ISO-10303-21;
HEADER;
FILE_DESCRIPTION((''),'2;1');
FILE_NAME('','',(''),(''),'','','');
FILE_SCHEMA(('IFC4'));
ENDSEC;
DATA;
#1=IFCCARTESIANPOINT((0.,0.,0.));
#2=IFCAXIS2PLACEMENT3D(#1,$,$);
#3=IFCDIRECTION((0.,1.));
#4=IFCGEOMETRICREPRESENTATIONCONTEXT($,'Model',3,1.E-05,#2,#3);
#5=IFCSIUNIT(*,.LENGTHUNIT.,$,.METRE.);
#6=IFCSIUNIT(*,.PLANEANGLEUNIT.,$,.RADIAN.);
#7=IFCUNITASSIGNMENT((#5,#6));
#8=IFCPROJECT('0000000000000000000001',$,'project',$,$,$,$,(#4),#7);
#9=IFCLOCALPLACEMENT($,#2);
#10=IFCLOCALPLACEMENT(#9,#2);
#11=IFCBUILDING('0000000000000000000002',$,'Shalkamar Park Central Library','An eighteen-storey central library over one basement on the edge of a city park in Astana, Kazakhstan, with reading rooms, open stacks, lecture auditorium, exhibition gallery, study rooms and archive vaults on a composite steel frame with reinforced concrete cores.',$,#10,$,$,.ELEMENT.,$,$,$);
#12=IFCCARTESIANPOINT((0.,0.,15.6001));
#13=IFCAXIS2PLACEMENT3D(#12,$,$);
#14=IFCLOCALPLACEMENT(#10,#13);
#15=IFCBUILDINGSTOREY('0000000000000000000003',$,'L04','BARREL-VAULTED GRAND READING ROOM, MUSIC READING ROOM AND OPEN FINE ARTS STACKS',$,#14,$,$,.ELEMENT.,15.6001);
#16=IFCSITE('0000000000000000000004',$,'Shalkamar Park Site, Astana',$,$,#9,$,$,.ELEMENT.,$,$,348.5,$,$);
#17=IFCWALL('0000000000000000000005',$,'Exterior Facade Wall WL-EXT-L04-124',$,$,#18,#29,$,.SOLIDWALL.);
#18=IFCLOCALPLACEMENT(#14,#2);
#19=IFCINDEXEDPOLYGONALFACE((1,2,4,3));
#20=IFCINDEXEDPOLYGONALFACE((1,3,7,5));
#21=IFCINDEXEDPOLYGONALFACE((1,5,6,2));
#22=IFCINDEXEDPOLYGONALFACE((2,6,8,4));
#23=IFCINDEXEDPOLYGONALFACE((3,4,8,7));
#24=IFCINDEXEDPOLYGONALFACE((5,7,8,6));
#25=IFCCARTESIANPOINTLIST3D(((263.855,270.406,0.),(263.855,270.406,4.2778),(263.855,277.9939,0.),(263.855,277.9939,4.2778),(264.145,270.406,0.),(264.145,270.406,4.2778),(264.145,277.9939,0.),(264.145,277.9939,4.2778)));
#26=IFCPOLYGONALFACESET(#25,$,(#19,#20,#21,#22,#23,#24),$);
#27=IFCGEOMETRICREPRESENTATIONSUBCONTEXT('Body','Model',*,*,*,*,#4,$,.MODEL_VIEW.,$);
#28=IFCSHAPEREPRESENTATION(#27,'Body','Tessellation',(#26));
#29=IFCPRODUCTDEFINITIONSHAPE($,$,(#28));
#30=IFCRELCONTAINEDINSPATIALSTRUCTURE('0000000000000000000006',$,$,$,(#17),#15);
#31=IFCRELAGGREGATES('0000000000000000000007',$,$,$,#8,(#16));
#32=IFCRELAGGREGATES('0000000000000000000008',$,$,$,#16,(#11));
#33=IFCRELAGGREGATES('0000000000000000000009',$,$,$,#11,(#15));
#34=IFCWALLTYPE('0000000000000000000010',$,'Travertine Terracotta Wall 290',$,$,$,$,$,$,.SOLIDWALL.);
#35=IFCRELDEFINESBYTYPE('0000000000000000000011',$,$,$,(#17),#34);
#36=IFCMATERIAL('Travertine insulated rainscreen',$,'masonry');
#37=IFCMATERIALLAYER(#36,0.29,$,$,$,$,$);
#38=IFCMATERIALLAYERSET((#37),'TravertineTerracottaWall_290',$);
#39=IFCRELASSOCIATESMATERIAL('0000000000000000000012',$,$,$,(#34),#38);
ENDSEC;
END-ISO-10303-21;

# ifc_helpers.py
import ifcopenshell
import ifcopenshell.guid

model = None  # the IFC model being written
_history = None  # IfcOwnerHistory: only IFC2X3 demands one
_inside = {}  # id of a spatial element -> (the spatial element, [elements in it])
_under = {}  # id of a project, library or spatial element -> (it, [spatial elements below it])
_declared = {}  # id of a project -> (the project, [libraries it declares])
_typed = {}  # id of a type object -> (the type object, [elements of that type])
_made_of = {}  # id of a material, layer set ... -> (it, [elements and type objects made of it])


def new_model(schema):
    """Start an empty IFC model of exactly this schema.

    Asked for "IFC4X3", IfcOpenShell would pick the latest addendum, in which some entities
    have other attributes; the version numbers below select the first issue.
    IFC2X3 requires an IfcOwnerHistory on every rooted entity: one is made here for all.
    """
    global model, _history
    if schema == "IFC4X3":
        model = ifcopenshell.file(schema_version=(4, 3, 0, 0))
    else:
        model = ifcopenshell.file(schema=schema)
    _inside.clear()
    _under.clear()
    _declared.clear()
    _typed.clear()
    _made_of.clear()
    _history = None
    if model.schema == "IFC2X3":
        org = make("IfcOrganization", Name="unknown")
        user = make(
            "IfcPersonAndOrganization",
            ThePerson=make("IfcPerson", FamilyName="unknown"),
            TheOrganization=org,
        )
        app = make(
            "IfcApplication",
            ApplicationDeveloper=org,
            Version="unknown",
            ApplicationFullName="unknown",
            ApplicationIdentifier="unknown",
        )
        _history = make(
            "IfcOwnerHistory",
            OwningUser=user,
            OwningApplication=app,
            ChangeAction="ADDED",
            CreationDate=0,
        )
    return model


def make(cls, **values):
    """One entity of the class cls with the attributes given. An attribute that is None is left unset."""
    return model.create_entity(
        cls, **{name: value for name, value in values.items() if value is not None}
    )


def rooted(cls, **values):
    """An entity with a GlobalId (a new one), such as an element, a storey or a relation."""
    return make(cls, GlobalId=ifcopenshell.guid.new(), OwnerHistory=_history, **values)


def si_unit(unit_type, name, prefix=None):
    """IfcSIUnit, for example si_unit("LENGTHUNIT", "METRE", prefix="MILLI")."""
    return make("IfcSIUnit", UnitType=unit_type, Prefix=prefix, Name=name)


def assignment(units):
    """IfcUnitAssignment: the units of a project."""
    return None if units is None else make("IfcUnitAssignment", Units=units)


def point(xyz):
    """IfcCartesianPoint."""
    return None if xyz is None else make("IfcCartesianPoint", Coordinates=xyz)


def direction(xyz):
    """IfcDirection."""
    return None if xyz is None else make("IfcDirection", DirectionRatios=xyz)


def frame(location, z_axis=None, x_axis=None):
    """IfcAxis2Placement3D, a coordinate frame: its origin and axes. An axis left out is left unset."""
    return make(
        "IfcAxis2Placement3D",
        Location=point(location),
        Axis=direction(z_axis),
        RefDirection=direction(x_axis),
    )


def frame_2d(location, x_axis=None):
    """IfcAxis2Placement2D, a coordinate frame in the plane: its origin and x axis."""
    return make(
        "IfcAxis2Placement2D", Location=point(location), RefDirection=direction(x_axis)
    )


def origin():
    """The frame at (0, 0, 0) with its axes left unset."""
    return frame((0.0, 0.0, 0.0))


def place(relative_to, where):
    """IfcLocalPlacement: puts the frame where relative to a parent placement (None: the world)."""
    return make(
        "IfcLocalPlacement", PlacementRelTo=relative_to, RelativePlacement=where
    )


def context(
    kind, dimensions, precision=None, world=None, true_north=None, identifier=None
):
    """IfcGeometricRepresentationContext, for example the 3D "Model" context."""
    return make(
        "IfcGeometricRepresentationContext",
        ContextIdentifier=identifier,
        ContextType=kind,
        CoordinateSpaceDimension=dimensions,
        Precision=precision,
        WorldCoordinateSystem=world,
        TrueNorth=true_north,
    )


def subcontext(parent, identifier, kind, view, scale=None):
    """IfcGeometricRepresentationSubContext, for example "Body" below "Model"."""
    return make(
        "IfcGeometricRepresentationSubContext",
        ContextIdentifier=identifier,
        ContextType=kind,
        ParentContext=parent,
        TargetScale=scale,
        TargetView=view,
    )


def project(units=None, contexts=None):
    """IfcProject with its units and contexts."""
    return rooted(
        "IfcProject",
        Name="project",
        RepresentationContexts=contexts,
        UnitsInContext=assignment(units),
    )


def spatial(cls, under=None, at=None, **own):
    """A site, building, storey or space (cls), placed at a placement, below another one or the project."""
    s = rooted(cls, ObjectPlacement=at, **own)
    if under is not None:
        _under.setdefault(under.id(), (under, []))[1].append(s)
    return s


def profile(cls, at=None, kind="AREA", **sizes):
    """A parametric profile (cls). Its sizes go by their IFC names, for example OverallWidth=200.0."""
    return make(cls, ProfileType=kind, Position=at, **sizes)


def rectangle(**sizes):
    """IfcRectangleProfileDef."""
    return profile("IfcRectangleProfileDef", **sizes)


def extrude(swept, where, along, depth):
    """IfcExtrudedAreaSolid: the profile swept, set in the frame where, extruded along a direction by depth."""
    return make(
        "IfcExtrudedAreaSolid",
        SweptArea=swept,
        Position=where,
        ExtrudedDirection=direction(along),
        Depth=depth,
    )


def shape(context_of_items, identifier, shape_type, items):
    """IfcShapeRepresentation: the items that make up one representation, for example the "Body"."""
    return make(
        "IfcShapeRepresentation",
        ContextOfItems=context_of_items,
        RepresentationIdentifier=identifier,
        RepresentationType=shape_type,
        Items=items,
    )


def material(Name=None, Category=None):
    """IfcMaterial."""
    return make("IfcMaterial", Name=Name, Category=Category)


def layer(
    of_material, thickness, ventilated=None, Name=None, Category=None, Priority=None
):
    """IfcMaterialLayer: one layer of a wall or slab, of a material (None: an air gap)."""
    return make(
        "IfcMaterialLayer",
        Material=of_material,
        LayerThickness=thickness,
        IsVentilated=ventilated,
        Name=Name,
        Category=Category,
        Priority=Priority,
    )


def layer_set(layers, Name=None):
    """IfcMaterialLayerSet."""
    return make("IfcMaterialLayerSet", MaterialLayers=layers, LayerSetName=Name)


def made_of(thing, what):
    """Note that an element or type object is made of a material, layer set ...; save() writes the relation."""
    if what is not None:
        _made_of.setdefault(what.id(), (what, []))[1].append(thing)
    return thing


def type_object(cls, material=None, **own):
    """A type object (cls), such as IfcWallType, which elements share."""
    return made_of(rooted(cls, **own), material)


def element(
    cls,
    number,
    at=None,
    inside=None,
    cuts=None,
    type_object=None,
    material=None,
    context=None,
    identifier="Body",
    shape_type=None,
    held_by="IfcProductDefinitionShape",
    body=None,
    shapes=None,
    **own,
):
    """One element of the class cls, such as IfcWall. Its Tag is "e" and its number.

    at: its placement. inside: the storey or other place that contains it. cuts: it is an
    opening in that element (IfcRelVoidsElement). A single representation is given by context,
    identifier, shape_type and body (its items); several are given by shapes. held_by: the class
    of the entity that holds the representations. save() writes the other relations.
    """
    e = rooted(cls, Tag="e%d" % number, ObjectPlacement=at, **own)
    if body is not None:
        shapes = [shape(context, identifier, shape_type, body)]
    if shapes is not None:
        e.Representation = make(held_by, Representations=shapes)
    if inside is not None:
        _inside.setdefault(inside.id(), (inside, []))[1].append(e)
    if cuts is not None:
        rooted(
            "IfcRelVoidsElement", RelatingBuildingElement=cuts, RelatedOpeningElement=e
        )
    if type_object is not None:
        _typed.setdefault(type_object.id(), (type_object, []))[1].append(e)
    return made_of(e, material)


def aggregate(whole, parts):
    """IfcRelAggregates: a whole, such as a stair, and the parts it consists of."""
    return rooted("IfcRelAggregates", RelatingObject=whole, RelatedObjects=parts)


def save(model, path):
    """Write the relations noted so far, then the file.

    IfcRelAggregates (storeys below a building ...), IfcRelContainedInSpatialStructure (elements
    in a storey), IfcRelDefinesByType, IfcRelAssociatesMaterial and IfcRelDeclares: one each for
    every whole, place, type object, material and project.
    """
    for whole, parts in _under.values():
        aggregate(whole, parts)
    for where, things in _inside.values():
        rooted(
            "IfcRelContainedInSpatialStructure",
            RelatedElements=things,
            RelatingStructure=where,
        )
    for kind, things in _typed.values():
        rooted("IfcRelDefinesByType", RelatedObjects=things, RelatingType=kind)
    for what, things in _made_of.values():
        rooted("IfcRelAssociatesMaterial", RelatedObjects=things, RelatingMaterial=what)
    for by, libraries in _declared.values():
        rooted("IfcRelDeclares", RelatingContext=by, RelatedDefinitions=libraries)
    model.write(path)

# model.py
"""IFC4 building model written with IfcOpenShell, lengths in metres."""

from ifc_helpers import new_model, si_unit, direction, frame, frame_2d, origin, place, context, subcontext, project, spatial, rectangle, extrude, material, layer, layer_set, type_object, element, save


model = new_model("IFC4")

# Units and contexts
model_context = context("Model", 3, precision=1e-05, world=origin(), true_north=direction((0.0, 1.0)))
body_context = subcontext(model_context, "Body", "Model", "MODEL_VIEW")
ifc_project = project(units=[si_unit("LENGTHUNIT", "METRE"), si_unit("PLANEANGLEUNIT", "RADIAN")], contexts=[model_context])

# Site, building, storey
site_placement = place(None, origin())
site = spatial("IfcSite", under=ifc_project, at=site_placement, Name="Shalkamar Park Site, Astana", CompositionType="ELEMENT", RefElevation=348.5)
building_placement = place(site_placement, origin())
building = spatial("IfcBuilding", under=site, at=building_placement, Name="Shalkamar Park Central Library", Description="An eighteen-storey central library over one basement on the edge of a city park in Astana, Kazakhstan, with reading rooms, open stacks, lecture auditorium, exhibition gallery, study rooms and archive vaults on a composite steel frame with reinforced concrete cores.", CompositionType="ELEMENT")
storey_placement = place(building_placement, frame((0.0, 0.0, 15.6001)))
storey = spatial("IfcBuildingStorey", under=building, at=storey_placement, Name="L04", Description="BARREL-VAULTED GRAND READING ROOM, MUSIC READING ROOM AND OPEN FINE ARTS STACKS", CompositionType="ELEMENT", Elevation=15.6001)

# Wall
ifc_material_1 = material(Name="Travertine insulated rainscreen", Category="masonry")
ifc_layer_1 = layer(ifc_material_1, 0.29)
ifc_layer_set_1 = layer_set([ifc_layer_1], Name="TravertineTerracottaWall_290")
wall_type_1 = type_object("IfcWallType", Name="Travertine Terracotta Wall 290", PredefinedType="SOLIDWALL", material=ifc_layer_set_1)
wall_1_placement = place(storey_placement, frame((264.0, 270.406, 0.0), z_axis=(0.0, 0.0, 1.0), x_axis=(0.0, 1.0, 0.0)))
element("IfcWall", 1, at=wall_1_placement, inside=storey, type_object=wall_type_1, Name="Exterior Facade Wall WL-EXT-L04-124", PredefinedType="SOLIDWALL", context=body_context, shape_type="SweptSolid", body=[
    extrude(rectangle(XDim=7.5879, YDim=0.29, at=frame_2d((3.7939, 0.0))), origin(), (0.0, 0.0, 1.0), 4.2778),
])

save(model, "model.ifc")
